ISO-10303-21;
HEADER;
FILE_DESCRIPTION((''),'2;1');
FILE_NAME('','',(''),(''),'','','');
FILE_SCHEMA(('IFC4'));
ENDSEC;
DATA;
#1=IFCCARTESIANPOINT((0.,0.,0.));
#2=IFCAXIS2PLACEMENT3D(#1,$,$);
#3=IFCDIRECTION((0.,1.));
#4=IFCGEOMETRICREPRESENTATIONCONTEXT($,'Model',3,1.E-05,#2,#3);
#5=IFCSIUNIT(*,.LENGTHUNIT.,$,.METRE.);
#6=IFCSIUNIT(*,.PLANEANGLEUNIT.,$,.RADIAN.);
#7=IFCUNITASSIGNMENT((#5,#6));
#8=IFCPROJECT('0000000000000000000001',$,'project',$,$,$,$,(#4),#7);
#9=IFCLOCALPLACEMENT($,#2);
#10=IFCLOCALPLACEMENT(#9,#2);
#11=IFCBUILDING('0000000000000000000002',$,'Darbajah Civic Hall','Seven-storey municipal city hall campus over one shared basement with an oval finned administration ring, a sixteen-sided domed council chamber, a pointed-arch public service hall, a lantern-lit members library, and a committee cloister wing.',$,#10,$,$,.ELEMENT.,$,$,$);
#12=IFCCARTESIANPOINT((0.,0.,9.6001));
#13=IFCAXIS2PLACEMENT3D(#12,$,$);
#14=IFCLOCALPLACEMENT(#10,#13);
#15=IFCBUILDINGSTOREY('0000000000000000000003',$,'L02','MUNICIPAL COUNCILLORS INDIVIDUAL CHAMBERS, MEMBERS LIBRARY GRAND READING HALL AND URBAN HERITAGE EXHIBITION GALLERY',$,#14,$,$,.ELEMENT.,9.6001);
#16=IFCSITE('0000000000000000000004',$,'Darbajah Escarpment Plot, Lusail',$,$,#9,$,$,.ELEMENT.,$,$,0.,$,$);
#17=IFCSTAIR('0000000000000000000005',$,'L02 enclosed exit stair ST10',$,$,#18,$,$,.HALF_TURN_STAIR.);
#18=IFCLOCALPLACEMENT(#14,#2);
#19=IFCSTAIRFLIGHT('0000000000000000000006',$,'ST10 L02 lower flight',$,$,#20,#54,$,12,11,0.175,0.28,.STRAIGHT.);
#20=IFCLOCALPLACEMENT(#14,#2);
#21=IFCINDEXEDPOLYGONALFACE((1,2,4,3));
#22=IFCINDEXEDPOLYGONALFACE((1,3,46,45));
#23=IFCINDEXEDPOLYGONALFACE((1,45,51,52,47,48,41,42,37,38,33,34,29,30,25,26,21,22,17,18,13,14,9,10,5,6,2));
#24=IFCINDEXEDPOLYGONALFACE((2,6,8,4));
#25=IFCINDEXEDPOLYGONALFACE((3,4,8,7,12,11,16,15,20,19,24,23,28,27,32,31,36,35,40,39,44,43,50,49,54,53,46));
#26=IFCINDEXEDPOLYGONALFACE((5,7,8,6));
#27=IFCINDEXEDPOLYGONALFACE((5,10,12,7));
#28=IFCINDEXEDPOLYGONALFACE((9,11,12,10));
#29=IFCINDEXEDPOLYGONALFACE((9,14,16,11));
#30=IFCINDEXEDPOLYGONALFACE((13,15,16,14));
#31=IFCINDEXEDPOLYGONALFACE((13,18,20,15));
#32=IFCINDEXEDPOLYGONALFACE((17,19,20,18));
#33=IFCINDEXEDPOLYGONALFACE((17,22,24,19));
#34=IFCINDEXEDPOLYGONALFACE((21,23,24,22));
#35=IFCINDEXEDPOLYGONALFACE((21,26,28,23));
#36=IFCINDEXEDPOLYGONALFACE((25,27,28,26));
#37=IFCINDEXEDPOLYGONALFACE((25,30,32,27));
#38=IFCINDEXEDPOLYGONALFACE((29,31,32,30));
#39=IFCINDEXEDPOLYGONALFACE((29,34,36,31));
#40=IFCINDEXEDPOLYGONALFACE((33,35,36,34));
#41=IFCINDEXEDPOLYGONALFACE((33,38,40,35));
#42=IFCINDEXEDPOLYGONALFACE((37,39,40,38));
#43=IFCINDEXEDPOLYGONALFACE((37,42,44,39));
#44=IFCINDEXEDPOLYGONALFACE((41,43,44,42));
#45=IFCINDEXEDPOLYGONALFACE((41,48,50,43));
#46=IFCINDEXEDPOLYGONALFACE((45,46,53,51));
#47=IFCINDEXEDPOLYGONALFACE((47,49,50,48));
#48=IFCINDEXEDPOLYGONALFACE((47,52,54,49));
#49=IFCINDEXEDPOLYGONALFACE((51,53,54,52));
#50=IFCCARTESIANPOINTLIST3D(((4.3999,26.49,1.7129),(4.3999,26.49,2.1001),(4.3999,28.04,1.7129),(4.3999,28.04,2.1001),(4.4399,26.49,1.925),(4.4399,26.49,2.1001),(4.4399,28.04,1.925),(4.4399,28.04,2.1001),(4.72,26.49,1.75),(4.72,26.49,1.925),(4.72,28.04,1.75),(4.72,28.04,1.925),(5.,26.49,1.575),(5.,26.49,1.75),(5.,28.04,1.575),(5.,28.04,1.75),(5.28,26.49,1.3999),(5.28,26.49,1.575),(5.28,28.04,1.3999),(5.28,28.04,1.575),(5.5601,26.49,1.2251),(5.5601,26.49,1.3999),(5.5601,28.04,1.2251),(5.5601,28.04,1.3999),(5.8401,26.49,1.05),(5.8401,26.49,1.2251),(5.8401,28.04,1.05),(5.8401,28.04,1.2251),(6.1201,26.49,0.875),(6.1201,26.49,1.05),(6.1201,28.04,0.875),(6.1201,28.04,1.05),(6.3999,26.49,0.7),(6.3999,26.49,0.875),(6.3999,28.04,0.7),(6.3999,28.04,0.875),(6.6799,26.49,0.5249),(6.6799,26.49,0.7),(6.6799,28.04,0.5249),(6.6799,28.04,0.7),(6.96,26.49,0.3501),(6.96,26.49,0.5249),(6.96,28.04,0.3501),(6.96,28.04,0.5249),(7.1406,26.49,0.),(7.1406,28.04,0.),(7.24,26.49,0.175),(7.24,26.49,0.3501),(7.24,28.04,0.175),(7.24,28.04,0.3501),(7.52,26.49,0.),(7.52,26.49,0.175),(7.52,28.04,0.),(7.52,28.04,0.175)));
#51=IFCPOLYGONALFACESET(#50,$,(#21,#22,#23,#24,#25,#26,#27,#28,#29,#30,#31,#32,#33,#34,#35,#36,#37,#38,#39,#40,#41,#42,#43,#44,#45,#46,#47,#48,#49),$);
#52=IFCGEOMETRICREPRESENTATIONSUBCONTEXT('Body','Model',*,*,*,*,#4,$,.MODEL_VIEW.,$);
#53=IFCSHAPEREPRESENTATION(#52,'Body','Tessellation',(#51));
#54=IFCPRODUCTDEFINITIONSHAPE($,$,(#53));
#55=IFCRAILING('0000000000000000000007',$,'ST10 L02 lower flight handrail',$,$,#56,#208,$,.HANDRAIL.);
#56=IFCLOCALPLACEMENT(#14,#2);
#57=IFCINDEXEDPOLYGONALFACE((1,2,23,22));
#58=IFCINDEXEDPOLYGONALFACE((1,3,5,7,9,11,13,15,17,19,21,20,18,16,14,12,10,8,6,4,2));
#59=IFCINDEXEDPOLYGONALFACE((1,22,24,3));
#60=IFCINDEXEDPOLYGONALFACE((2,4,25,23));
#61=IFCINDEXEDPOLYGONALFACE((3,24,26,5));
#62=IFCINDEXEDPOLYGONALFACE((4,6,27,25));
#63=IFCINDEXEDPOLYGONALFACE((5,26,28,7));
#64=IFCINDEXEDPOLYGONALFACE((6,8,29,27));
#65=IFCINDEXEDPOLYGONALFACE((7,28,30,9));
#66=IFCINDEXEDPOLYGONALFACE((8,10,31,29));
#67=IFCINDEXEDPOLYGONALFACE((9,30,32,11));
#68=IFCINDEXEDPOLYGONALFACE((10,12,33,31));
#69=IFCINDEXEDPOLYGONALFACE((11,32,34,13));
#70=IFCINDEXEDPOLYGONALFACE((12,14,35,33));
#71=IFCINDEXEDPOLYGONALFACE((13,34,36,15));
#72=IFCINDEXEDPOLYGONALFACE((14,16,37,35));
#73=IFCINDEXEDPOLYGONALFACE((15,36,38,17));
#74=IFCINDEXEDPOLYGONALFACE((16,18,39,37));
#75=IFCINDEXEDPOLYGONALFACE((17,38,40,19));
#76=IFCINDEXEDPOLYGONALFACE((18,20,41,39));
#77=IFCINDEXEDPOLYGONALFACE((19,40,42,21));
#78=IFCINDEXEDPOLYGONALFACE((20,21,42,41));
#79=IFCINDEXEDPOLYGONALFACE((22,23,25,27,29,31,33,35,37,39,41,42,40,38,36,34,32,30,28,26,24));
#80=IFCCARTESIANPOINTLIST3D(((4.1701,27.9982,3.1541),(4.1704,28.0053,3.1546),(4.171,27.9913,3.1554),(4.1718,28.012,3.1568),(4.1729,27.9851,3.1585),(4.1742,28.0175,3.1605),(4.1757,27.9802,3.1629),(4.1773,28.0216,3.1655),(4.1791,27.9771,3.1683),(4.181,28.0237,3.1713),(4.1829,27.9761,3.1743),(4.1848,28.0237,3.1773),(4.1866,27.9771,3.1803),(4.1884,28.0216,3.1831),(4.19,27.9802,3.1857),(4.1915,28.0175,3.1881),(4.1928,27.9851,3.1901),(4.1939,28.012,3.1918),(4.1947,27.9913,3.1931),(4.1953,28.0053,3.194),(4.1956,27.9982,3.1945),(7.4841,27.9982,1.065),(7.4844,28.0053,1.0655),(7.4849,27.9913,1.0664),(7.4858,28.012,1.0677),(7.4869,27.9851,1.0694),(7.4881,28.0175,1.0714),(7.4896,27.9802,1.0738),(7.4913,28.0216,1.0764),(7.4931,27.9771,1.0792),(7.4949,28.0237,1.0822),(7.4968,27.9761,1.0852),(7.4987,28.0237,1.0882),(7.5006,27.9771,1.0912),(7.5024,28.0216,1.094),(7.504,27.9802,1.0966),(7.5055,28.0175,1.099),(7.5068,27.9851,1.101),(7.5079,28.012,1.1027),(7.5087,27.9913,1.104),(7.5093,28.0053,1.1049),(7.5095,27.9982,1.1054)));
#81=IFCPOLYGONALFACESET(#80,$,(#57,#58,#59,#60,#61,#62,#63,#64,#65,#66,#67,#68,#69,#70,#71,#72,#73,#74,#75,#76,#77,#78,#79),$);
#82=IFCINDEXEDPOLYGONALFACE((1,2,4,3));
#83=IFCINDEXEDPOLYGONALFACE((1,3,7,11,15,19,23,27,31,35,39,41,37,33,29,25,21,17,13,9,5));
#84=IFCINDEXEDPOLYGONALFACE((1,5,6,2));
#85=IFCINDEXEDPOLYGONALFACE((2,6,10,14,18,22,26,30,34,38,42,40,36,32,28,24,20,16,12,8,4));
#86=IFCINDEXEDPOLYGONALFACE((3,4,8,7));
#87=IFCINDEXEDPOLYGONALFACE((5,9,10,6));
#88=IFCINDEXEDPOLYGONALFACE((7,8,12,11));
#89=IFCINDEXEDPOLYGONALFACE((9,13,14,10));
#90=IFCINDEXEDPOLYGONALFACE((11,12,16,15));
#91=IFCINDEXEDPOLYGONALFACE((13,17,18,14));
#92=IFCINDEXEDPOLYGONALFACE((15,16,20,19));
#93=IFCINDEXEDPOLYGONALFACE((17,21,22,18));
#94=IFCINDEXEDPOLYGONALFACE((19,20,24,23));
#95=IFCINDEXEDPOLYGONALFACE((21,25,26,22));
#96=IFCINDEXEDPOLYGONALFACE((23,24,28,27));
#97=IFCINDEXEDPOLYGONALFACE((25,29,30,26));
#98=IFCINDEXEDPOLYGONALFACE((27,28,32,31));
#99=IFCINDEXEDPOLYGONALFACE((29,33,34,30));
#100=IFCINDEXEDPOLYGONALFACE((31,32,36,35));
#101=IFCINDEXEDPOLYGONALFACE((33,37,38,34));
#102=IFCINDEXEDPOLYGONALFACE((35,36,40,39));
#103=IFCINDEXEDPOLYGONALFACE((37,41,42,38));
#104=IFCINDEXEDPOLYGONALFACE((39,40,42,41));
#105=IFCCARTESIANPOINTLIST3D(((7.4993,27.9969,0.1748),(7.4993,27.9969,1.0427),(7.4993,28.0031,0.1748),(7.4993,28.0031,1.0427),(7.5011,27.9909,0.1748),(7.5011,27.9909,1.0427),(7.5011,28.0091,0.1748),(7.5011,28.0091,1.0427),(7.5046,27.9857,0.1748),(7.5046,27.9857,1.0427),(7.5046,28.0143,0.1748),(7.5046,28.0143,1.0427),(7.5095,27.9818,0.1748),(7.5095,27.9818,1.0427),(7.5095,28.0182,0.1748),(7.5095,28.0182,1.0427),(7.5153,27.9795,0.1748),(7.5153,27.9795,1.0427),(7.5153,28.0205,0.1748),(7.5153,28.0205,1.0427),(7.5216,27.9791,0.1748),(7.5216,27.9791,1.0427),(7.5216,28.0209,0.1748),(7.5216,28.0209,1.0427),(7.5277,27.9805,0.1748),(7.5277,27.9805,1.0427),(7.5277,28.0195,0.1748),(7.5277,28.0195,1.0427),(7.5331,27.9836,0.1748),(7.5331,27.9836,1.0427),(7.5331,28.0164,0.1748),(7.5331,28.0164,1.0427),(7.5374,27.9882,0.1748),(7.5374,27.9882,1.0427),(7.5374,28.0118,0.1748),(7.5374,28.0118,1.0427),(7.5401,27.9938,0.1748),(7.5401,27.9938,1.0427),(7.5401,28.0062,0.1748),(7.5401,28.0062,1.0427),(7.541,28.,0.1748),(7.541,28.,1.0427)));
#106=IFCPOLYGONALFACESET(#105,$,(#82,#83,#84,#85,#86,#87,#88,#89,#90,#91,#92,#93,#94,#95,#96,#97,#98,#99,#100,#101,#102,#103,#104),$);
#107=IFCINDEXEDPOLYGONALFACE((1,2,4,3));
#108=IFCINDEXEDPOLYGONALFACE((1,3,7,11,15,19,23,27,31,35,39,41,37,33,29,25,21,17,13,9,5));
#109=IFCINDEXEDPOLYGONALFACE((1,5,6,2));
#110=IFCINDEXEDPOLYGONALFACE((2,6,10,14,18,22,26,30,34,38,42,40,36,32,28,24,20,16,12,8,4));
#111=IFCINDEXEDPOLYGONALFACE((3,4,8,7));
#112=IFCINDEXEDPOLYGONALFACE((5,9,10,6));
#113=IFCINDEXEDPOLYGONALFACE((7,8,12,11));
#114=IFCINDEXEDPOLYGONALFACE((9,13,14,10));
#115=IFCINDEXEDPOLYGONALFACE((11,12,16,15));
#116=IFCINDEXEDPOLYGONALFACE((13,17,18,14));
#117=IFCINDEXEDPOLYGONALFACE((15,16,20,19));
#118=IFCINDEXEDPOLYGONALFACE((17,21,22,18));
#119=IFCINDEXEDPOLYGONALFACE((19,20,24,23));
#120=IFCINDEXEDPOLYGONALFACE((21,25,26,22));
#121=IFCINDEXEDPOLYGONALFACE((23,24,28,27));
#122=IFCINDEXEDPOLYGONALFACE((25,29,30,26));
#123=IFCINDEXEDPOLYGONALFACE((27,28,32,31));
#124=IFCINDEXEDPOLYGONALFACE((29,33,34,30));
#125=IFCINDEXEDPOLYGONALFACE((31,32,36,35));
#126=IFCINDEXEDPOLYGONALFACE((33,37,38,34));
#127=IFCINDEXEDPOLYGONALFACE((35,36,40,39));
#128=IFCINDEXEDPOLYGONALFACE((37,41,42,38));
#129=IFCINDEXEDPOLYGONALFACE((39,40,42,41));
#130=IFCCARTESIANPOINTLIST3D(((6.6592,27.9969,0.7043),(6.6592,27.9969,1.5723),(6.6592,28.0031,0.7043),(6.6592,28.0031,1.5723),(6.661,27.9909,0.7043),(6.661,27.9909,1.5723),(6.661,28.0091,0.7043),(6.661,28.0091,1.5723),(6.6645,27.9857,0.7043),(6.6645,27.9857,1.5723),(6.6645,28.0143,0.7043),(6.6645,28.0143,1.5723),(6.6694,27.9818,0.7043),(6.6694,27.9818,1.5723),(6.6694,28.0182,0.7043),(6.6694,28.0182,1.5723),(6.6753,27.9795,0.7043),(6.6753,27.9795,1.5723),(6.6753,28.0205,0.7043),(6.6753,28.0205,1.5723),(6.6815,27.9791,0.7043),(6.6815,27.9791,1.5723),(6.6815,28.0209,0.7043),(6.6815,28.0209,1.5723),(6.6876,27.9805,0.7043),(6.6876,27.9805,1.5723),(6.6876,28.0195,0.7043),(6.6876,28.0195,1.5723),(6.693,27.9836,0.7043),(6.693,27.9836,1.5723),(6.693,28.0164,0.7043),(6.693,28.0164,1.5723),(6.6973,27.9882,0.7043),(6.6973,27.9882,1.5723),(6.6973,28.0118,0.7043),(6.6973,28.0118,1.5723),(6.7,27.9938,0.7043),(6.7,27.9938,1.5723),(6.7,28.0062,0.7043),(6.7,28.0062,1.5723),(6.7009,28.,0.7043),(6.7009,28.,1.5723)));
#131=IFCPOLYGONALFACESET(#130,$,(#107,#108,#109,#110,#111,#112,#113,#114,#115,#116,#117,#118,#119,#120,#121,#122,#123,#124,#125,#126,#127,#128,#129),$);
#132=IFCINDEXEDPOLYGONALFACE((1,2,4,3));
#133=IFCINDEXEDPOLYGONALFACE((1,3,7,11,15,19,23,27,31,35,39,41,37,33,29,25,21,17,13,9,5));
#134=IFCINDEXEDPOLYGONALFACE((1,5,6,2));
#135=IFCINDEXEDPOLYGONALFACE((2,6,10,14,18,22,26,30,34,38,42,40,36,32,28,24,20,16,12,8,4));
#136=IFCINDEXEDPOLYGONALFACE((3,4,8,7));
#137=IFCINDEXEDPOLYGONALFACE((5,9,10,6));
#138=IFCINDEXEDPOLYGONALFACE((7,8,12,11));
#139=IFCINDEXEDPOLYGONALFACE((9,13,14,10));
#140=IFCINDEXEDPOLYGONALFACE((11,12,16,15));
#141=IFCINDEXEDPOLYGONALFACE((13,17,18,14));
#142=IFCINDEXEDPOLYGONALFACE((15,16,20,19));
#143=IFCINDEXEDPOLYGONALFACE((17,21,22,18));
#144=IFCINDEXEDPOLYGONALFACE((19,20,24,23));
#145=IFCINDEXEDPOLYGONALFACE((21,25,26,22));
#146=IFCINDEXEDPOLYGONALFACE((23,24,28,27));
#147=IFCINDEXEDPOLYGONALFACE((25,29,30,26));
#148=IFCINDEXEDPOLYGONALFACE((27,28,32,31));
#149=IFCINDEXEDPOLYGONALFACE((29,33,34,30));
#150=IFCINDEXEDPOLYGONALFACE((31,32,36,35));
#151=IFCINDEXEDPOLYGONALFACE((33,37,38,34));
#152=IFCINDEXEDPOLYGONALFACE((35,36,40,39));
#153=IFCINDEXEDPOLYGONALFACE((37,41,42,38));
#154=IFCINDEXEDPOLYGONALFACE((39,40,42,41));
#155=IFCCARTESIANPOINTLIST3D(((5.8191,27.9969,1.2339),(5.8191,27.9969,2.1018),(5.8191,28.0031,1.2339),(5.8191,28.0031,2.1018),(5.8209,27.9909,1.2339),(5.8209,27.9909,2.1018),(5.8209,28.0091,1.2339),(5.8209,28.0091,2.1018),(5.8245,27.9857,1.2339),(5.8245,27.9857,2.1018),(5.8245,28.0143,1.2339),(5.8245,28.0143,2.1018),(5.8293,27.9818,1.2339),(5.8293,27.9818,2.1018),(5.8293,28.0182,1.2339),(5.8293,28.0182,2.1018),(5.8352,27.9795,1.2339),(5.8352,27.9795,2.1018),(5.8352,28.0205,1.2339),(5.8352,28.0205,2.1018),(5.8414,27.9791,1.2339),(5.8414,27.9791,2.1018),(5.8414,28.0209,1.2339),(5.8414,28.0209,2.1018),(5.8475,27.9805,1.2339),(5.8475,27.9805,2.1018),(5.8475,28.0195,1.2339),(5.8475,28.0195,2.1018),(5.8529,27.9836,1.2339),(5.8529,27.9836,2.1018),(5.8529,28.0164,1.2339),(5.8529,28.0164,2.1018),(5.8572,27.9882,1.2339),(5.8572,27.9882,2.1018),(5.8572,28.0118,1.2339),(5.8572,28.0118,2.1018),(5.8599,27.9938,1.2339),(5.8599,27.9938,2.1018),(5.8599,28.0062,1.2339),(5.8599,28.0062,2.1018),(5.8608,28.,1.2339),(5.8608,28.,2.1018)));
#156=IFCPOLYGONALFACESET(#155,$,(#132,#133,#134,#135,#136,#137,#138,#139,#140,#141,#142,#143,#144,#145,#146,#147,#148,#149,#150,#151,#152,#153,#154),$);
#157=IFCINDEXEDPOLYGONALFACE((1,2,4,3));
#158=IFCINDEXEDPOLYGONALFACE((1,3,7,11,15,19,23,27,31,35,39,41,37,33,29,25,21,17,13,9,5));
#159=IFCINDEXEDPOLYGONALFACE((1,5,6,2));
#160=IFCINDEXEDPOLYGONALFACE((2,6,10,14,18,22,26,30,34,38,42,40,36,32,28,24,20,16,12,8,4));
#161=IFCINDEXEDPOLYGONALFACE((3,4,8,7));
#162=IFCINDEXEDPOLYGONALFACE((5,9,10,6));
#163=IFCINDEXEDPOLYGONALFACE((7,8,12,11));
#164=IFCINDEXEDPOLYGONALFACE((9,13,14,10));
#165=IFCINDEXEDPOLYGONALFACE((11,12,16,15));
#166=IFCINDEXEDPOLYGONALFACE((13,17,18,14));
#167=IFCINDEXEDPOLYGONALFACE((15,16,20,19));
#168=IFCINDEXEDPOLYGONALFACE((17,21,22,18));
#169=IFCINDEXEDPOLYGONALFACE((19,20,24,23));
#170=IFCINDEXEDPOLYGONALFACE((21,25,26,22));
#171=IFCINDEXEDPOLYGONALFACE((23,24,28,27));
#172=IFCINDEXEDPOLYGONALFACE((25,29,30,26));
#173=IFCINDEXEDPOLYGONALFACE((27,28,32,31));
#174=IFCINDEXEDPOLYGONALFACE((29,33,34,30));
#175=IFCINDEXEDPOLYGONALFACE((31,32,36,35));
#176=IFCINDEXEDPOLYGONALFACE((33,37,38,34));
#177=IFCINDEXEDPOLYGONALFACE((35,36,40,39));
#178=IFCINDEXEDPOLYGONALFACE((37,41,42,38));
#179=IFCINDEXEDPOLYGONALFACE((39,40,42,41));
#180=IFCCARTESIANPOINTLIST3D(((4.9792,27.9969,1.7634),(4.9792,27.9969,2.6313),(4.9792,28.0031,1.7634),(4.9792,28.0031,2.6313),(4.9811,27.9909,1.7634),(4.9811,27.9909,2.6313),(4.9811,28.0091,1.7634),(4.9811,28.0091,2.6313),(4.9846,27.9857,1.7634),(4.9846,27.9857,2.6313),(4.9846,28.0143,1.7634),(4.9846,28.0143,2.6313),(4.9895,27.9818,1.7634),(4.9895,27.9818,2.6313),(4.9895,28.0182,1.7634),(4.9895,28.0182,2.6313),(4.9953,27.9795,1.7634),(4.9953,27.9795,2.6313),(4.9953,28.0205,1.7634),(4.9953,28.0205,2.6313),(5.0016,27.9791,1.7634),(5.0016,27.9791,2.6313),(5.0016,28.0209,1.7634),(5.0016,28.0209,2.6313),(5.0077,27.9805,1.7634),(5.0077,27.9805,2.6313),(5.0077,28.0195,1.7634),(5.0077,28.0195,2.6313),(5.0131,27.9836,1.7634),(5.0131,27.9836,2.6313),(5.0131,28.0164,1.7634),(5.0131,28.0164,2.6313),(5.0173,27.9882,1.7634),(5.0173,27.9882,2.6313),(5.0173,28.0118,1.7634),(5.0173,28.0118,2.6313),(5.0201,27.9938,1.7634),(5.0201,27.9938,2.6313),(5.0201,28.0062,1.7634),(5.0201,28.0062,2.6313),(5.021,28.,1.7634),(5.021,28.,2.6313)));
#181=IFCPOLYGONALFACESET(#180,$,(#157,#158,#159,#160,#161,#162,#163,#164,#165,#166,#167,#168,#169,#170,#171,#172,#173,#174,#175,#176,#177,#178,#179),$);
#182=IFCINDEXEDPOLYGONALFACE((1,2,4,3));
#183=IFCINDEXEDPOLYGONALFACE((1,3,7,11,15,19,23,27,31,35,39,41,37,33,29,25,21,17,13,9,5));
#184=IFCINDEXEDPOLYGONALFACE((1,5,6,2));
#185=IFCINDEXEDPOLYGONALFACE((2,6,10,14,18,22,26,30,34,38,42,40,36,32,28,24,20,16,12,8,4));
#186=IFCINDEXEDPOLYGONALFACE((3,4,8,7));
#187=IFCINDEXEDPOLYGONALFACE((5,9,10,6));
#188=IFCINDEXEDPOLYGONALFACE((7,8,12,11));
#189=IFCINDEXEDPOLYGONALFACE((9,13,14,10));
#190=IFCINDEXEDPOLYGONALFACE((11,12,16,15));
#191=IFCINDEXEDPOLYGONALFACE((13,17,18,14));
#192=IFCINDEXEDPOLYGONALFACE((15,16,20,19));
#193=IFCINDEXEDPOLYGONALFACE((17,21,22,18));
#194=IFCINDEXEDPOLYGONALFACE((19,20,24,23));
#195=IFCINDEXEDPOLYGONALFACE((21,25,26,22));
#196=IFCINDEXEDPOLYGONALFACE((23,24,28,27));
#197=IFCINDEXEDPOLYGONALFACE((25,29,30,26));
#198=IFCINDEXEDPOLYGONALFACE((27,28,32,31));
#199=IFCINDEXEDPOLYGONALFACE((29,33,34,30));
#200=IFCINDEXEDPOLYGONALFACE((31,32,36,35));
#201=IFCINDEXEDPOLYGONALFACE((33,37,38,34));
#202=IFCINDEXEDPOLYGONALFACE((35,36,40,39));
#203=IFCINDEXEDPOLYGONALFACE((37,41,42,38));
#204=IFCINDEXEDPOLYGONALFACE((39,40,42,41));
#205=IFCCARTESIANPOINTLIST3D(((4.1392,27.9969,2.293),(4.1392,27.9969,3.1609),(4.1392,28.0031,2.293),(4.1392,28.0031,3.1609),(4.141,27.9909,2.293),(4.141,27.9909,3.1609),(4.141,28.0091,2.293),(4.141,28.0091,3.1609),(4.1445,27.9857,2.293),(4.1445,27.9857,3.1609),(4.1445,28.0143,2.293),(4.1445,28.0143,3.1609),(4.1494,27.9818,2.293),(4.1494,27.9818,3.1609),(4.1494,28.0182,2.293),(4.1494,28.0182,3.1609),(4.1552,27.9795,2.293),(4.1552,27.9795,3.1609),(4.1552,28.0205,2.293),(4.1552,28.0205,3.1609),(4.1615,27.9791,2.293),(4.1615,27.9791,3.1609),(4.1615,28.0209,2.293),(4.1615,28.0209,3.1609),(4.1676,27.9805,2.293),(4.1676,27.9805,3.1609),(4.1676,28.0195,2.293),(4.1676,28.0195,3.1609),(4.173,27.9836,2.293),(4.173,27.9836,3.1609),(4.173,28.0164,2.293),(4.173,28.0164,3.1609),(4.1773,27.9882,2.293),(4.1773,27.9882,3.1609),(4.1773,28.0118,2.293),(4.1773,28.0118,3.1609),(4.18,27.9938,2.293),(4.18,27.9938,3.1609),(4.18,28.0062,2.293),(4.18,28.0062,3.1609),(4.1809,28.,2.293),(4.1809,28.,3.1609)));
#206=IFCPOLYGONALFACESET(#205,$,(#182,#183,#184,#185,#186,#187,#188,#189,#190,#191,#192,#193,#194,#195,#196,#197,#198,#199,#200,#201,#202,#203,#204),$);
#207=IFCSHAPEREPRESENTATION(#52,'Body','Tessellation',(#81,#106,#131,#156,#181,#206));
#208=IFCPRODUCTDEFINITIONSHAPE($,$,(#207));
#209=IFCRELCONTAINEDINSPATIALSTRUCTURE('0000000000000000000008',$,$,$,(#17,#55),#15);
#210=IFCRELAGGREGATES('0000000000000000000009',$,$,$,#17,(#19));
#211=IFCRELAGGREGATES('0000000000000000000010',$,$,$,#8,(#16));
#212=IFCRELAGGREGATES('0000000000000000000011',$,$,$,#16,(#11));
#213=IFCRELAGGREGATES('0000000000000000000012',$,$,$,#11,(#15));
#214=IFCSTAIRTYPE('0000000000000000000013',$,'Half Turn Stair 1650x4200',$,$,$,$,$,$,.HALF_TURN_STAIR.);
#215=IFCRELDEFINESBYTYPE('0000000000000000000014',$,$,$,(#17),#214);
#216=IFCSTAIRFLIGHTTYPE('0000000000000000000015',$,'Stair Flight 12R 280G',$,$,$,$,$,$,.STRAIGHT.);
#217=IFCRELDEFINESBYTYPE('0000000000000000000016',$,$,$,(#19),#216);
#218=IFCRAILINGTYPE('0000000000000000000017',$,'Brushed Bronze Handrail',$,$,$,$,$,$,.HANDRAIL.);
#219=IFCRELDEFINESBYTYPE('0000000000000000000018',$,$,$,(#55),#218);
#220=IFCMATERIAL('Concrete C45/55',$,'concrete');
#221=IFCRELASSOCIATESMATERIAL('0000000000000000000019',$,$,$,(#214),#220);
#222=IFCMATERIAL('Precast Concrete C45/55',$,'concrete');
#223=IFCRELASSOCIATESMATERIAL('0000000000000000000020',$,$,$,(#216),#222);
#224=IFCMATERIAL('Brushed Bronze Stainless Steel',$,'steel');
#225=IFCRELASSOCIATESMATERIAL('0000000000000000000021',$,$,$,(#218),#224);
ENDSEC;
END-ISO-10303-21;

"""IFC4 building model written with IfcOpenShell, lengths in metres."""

from ifc_helpers import new_model, si_unit, direction, frame, origin, origin_2d, place, context, subcontext, project, spatial, polyline, circle, outline, extrude, material, type_object, element, aggregate, save


model = new_model("IFC4")

# Units and contexts
model_context = context("Model", 3, precision=1e-05, world=origin(), true_north=direction((0.0, 1.0)))
body_context = subcontext(model_context, "Body", "Model", "MODEL_VIEW")
ifc_project = project(units=[si_unit("LENGTHUNIT", "METRE"), si_unit("PLANEANGLEUNIT", "RADIAN")], contexts=[model_context])

# Site, building, storey
site_placement = place(None, origin())
site = spatial("IfcSite", under=ifc_project, at=site_placement, Name="Darbajah Escarpment Plot, Lusail", CompositionType="ELEMENT", RefElevation=0.0)
building_placement = place(site_placement, origin())
building = spatial("IfcBuilding", under=site, at=building_placement, Name="Darbajah Civic Hall", Description="Seven-storey municipal city hall campus over one shared basement with an oval finned administration ring, a sixteen-sided domed council chamber, a pointed-arch public service hall, a lantern-lit members library, and a committee cloister wing.", CompositionType="ELEMENT")
storey_placement = place(building_placement, frame((0.0, 0.0, 9.6001)))
storey = spatial("IfcBuildingStorey", under=building, at=storey_placement, Name="L02", Description="MUNICIPAL COUNCILLORS INDIVIDUAL CHAMBERS, MEMBERS LIBRARY GRAND READING HALL AND URBAN HERITAGE EXHIBITION GALLERY", CompositionType="ELEMENT", Elevation=9.6001)

# Shared definitions
ifc_material_1 = material(Name="Concrete C45/55", Category="concrete")

# Stair, stair flight
stair_type = type_object("IfcStairType", Name="Half Turn Stair 1650x4200", PredefinedType="HALF_TURN_STAIR", material=ifc_material_1)
stair_placement = place(storey_placement, origin())
stair = element("IfcStair", 1, at=stair_placement, inside=storey, type_object=stair_type, Name="L02 enclosed exit stair ST10", PredefinedType="HALF_TURN_STAIR")
ifc_material_2 = material(Name="Precast Concrete C45/55", Category="concrete")
stair_flight_type = type_object("IfcStairFlightType", Name="Stair Flight 12R 280G", PredefinedType="STRAIGHT", material=ifc_material_2)
stair_flight_placement = place(storey_placement, frame((7.52, 27.2649, 0.0), z_axis=(0.0, 0.0, 1.0), x_axis=(-1.0, 0.0, 0.0)))
stair_flight = element("IfcStairFlight", 2, at=stair_flight_placement, type_object=stair_flight_type, Name="ST10 L02 lower flight", NumberOfRisers=12, NumberOfTreads=11, PredefinedType="STRAIGHT", RiserHeight=0.175, TreadLength=0.28, context=body_context, shape_type="SweptSolid", body=[
    extrude(outline(polyline([(0.0, 0.0), (0.0, 0.175), (0.28, 0.175), (0.28, 0.3501), (0.5601, 0.3501), (0.5601, 0.5249), (0.8401, 0.5249), (0.8401, 0.7), (1.1201, 0.7), (1.1201, 0.875), (1.3999, 0.875), (1.3999, 1.05), (1.6799, 1.05), (1.6799, 1.2251), (1.96, 1.2251), (1.96, 1.3999), (2.24, 1.3999), (2.24, 1.575), (2.52, 1.575), (2.52, 1.75), (2.8, 1.75), (2.8, 1.925), (3.0801, 1.925), (3.0801, 2.1001), (3.1201, 2.1001), (3.1201, 1.7129), (0.3794, 0.0), (0.0, 0.0)])), frame((0.0, 0.7749, 0.0), z_axis=(0.0, -1.0, 0.0), x_axis=(1.0, 0.0, 0.0)), (0.0, 0.0, 1.0), 1.55),
])
aggregate(stair, [stair_flight])

# Railing
ifc_material_3 = material(Name="Brushed Bronze Stainless Steel", Category="steel")
railing_type_1 = type_object("IfcRailingType", Name="Brushed Bronze Handrail", PredefinedType="HANDRAIL", material=ifc_material_3)
railing_1_placement = place(storey_placement, frame((7.52, 28.0, 0.1748)))
element("IfcRailing", 3, at=railing_1_placement, inside=storey, type_object=railing_type_1, Name="ST10 L02 lower flight handrail", PredefinedType="HANDRAIL", context=body_context, shape_type="SweptSolid", body=[
    extrude(circle(Radius=0.0239, at=origin_2d()), frame((-0.0232, 0.0, 0.9104), z_axis=(-0.845944, 0.0, 0.533271), x_axis=(0.0, -1.0, 0.0)), (0.0, 0.0, 1.0), 3.9175),
    extrude(circle(Radius=0.021, at=origin_2d()), origin(), (0.0, 0.0, 1.0), 0.8679),
    extrude(circle(Radius=0.021, at=origin_2d()), frame((-0.8401, 0.0, 0.5295)), (0.0, 0.0, 1.0), 0.8679),
    extrude(circle(Radius=0.021, at=origin_2d()), frame((-1.6802, 0.0, 1.0591)), (0.0, 0.0, 1.0), 0.8679),
    extrude(circle(Radius=0.021, at=origin_2d()), frame((-2.52, 0.0, 1.5886)), (0.0, 0.0, 1.0), 0.8679),
    extrude(circle(Radius=0.021, at=origin_2d()), frame((-3.3601, 0.0, 2.1182)), (0.0, 0.0, 1.0), 0.8679),
])

save(model, "model.ifc")
